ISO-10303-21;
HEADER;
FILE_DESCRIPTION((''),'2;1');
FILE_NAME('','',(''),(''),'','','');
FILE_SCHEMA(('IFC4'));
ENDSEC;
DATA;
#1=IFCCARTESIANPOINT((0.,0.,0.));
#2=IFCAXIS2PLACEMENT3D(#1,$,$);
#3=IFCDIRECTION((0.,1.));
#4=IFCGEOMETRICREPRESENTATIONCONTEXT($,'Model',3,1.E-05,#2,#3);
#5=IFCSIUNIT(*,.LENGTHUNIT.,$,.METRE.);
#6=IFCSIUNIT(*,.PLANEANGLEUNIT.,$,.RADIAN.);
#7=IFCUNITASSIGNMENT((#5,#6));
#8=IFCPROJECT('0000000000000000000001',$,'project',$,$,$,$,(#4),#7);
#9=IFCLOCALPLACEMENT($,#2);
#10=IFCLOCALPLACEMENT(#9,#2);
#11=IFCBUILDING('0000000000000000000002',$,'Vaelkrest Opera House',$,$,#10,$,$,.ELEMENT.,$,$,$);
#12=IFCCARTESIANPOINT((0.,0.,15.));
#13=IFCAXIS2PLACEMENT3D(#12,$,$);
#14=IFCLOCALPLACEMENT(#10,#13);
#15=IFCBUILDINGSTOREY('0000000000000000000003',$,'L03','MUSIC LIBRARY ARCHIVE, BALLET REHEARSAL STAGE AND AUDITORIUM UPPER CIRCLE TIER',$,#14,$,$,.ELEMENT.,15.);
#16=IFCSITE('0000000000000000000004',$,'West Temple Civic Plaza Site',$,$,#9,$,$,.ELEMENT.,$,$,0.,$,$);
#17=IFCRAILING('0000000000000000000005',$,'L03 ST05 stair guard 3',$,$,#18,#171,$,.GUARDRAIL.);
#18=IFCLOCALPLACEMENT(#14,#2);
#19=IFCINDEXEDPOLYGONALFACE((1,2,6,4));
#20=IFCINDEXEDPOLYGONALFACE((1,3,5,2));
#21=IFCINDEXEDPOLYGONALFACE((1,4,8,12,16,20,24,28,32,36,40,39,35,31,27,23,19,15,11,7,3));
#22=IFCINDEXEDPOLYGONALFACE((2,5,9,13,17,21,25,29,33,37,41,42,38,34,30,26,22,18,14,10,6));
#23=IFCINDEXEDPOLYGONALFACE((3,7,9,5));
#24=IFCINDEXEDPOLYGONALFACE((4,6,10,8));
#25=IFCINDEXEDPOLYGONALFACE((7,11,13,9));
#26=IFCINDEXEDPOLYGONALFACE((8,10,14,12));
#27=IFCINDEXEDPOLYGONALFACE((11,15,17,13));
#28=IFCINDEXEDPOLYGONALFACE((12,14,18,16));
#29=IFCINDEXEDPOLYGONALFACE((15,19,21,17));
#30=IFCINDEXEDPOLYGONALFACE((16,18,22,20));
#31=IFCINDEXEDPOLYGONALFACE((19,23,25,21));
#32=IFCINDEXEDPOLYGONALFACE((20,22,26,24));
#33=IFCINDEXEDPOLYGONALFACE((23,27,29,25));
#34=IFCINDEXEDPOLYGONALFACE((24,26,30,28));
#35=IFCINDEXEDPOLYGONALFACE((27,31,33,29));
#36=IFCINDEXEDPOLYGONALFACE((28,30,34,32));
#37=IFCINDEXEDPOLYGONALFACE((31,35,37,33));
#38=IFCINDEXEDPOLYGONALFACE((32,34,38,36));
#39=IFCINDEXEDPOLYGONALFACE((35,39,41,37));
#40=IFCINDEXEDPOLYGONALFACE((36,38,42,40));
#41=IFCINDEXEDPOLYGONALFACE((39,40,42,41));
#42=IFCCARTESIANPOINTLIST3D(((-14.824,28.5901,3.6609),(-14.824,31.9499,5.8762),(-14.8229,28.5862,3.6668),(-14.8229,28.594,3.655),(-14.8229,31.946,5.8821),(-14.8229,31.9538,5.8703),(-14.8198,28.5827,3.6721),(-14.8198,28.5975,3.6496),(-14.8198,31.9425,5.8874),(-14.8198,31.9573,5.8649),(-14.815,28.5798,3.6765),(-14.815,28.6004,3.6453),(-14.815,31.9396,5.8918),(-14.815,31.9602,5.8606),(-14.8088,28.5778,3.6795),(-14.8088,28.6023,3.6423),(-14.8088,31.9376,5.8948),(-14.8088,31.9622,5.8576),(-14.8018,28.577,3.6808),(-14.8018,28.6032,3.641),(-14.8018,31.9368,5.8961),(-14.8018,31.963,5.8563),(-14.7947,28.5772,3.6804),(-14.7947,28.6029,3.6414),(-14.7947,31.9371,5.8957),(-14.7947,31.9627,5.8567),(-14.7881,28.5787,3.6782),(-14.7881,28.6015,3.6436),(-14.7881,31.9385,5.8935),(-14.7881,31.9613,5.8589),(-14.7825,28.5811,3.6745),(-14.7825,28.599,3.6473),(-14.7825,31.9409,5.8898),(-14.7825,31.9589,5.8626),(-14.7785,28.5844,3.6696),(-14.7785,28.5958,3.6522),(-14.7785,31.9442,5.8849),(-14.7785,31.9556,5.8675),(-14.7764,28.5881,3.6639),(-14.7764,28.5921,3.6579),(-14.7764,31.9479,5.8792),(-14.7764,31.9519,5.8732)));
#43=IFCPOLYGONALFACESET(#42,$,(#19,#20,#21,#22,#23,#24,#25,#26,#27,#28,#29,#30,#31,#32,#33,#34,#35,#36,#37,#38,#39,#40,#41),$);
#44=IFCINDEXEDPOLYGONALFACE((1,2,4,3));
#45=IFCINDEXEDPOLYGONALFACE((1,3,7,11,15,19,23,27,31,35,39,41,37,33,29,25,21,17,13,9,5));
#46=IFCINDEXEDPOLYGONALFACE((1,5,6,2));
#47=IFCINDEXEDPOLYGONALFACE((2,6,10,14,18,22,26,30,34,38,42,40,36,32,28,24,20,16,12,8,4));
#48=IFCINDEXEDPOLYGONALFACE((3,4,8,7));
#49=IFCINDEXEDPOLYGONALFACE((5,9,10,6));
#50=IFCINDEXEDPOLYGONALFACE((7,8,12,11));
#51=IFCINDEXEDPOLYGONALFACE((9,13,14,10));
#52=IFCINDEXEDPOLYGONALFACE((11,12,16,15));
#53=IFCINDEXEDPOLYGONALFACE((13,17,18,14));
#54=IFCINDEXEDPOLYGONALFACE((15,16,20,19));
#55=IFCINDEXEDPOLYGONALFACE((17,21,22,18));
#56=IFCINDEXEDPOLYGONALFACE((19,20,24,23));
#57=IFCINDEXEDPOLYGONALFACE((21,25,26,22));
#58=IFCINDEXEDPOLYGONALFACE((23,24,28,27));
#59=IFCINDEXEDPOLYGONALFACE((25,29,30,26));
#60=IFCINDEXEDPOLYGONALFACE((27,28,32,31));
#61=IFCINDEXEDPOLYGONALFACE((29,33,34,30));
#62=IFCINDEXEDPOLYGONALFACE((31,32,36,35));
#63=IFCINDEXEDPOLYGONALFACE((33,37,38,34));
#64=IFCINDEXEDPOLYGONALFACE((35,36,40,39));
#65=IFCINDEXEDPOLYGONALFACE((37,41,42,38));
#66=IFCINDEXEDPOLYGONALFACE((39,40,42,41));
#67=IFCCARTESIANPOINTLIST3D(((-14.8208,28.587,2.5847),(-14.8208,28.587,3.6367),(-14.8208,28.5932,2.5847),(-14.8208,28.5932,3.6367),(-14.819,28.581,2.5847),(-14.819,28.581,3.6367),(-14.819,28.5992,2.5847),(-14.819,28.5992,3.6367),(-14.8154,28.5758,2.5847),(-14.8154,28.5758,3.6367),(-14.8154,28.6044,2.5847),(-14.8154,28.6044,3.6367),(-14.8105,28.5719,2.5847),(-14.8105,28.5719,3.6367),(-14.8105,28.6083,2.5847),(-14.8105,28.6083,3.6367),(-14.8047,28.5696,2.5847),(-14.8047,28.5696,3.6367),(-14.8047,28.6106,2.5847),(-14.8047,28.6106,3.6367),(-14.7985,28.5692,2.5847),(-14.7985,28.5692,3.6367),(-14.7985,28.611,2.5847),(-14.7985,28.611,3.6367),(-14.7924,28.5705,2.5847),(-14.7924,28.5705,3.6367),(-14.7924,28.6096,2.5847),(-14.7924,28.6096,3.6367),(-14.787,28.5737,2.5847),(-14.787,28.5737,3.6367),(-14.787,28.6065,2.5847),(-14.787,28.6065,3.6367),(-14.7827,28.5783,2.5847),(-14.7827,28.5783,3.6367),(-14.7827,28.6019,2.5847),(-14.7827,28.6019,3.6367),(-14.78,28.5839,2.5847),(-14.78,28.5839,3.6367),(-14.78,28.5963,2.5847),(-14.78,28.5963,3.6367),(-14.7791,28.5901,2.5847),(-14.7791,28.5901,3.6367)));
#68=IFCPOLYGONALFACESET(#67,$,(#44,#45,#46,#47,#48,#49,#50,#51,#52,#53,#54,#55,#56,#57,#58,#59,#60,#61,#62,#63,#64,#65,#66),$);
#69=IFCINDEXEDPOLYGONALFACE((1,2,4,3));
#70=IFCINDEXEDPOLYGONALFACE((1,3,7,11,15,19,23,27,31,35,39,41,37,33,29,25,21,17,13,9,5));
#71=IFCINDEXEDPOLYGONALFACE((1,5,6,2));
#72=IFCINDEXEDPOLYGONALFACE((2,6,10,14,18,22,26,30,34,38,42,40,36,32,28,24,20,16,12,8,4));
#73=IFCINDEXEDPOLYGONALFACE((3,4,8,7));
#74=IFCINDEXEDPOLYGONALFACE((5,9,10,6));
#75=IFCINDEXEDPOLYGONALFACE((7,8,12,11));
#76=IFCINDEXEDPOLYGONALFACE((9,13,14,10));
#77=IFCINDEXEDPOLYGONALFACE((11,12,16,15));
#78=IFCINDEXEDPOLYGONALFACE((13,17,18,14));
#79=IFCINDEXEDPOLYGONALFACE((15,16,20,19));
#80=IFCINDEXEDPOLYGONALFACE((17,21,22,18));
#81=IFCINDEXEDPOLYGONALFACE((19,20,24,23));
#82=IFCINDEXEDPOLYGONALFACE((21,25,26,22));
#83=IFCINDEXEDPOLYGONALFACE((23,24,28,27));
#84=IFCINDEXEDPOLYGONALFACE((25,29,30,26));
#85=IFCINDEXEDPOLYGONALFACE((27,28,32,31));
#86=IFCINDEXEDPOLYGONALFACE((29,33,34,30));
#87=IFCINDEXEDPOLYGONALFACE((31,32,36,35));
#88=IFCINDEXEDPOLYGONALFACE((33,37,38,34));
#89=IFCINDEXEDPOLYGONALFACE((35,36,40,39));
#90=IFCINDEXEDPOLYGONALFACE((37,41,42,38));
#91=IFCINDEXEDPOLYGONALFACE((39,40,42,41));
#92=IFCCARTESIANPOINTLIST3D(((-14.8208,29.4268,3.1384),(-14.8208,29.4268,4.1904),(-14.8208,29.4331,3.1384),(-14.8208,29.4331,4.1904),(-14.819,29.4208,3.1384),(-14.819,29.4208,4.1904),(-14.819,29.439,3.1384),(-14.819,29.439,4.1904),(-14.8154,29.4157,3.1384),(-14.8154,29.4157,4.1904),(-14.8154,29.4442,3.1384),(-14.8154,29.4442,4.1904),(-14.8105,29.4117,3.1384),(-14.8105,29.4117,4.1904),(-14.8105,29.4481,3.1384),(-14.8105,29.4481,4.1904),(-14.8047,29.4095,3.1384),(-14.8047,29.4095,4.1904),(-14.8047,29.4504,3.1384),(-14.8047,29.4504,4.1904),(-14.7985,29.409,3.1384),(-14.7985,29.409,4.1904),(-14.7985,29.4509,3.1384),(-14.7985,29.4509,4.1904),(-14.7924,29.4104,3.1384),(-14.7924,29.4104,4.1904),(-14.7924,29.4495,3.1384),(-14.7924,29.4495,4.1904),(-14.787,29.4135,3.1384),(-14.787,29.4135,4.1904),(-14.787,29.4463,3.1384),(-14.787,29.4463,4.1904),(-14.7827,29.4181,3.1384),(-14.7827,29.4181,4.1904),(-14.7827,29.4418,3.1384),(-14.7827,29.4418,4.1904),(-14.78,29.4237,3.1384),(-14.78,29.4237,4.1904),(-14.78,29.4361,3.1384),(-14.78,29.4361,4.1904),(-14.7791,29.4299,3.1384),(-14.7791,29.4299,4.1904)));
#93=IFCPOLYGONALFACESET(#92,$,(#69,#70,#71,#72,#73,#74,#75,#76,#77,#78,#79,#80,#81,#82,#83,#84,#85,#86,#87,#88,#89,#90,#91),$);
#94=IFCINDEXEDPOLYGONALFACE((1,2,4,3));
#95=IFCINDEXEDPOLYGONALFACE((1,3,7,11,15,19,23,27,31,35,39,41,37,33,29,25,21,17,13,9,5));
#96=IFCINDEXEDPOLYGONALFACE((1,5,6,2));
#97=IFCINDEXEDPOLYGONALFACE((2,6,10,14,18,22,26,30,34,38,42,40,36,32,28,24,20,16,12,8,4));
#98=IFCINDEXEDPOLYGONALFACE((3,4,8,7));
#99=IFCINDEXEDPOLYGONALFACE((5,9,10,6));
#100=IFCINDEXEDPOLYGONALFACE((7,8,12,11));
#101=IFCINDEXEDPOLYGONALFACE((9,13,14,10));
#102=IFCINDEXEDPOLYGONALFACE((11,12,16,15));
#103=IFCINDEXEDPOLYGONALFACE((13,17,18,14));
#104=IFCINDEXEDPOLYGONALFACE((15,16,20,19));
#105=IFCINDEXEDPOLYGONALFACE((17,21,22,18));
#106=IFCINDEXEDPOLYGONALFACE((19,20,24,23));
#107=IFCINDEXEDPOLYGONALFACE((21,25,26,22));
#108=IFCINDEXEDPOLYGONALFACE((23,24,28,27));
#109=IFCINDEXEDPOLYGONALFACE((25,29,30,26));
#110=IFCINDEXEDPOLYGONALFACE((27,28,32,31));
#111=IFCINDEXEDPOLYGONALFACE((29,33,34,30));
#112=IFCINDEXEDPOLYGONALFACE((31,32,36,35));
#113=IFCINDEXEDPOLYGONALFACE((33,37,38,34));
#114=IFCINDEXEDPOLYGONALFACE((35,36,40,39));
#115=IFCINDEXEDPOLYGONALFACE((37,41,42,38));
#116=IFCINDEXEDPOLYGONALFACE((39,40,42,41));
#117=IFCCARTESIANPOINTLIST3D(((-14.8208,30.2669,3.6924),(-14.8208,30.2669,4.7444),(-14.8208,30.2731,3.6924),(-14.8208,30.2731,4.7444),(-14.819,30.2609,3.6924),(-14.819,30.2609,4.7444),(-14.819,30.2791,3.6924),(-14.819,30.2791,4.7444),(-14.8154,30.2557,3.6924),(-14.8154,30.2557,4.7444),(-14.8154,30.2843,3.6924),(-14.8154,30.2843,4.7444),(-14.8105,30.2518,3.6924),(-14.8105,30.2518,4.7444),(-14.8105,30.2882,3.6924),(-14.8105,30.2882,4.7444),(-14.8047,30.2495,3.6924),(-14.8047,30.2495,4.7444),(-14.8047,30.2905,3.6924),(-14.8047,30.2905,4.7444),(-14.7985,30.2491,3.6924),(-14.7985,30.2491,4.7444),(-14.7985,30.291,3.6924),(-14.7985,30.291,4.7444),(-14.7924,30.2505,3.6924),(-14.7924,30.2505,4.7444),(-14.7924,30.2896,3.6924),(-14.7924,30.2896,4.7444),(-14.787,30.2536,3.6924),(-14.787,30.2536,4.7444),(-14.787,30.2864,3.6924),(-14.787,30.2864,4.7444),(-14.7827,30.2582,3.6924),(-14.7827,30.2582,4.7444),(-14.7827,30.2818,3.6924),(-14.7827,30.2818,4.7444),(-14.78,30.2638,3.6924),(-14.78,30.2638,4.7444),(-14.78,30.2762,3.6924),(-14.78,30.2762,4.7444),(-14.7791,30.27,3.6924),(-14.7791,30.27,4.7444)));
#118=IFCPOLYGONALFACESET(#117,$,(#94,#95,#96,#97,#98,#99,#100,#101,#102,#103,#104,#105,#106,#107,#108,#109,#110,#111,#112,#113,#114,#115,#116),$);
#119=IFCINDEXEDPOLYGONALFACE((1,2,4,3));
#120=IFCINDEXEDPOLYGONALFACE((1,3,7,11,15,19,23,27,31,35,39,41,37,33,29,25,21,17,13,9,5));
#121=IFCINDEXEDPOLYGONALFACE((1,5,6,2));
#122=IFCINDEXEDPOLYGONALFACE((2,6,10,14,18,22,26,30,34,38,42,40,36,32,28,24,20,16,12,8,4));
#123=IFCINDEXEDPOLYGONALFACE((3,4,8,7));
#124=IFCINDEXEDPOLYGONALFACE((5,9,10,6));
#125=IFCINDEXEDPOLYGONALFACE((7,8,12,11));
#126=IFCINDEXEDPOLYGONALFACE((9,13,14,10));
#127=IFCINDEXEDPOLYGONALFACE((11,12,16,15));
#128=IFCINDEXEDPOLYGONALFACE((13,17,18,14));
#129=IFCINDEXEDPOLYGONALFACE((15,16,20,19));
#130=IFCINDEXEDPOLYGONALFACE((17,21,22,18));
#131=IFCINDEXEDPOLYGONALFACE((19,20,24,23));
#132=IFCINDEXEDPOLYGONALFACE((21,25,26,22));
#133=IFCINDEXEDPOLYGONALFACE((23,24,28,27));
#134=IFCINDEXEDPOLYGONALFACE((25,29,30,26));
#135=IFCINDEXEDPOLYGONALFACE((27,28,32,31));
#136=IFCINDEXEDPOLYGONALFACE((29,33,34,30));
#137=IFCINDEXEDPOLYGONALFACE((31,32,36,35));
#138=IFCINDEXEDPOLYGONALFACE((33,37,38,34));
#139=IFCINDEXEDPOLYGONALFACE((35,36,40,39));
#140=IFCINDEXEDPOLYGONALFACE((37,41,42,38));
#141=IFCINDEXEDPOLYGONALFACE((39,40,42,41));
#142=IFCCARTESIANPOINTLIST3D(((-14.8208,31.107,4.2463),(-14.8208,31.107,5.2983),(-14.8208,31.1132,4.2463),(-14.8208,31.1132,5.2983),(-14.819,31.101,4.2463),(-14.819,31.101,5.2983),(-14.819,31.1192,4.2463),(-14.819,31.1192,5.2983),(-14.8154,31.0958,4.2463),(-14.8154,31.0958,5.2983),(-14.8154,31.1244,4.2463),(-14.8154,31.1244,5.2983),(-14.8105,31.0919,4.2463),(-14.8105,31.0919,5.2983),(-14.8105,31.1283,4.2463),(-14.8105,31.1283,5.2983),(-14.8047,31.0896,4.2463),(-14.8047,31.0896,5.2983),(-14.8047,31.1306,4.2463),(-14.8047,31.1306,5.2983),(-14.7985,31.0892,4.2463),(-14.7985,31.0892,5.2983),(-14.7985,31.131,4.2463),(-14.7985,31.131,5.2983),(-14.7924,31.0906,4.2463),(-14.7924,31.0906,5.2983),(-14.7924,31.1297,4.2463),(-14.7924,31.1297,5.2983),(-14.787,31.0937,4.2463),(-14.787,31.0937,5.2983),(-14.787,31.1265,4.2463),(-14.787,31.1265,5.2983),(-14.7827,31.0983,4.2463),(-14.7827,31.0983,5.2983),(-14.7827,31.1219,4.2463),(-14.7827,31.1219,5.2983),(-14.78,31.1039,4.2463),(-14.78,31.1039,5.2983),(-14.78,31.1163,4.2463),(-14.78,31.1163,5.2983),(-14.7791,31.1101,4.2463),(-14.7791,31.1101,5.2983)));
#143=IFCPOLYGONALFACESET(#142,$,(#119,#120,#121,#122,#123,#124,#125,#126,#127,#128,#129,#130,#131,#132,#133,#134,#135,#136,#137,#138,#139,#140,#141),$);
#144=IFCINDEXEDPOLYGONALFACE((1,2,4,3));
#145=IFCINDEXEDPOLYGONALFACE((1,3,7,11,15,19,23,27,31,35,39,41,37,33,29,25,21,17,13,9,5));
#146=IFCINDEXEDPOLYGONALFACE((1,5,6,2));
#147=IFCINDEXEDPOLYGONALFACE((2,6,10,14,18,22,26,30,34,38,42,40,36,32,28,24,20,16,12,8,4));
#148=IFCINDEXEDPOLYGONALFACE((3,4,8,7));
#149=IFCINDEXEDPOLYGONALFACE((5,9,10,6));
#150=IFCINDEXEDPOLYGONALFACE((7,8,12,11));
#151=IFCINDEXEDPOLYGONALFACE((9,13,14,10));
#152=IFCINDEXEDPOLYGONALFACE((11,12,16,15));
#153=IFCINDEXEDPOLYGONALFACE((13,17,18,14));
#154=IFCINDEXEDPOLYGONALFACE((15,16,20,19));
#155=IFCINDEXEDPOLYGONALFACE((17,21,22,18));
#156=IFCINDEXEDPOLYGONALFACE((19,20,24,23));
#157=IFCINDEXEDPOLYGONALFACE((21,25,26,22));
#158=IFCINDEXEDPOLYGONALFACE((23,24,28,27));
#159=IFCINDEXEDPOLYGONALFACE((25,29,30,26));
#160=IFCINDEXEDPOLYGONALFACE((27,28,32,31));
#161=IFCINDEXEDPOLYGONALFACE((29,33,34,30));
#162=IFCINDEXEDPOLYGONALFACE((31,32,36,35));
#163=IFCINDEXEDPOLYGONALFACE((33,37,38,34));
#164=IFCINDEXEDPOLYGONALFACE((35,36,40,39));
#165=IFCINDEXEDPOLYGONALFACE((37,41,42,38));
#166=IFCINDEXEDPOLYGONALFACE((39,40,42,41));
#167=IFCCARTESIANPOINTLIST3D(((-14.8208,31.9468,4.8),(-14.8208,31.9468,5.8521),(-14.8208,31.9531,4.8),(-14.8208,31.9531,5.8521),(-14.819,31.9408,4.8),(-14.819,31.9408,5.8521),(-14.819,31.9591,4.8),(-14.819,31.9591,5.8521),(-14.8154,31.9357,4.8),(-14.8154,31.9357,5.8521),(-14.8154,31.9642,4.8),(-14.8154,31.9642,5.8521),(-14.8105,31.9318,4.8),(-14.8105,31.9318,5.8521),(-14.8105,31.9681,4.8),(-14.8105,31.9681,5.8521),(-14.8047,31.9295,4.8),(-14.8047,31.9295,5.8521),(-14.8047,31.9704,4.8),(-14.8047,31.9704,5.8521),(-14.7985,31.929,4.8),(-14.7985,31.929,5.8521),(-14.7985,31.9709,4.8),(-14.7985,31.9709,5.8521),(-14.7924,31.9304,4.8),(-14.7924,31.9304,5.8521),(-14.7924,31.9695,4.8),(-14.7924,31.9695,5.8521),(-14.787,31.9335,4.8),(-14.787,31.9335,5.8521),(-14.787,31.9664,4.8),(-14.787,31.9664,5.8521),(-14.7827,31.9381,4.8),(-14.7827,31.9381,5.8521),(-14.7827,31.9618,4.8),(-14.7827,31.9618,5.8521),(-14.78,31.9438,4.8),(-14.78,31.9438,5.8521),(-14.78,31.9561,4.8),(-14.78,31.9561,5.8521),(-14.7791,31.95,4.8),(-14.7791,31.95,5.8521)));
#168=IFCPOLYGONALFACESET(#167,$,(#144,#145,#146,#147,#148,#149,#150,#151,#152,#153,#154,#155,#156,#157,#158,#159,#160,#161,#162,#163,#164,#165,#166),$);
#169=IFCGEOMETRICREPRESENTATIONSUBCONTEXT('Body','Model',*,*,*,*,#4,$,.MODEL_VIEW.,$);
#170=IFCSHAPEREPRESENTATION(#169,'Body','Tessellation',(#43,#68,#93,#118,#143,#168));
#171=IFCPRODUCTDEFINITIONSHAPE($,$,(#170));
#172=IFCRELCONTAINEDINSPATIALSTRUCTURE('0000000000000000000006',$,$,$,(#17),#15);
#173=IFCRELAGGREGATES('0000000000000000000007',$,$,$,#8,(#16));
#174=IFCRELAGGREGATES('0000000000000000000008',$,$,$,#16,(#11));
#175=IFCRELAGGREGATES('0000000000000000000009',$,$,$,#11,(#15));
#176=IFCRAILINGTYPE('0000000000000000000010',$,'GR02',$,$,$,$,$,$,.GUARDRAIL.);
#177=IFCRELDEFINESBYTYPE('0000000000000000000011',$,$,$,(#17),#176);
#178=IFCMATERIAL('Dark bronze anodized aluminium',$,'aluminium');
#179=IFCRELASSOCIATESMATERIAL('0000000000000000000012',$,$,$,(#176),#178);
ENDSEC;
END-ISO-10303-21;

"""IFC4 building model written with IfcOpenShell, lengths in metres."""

from ifc_helpers import new_model, si_unit, direction, frame, origin, origin_2d, place, context, subcontext, project, spatial, circle, extrude, material, type_object, element, save


model = new_model("IFC4")

# Units and contexts
model_context = context("Model", 3, precision=1e-05, world=origin(), true_north=direction((0.0, 1.0)))
body_context = subcontext(model_context, "Body", "Model", "MODEL_VIEW")
ifc_project = project(units=[si_unit("LENGTHUNIT", "METRE"), si_unit("PLANEANGLEUNIT", "RADIAN")], contexts=[model_context])

# Site, building, storey
site_placement = place(None, origin())
site = spatial("IfcSite", under=ifc_project, at=site_placement, Name="West Temple Civic Plaza Site", CompositionType="ELEMENT", RefElevation=0.0)
building_placement = place(site_placement, origin())
building = spatial("IfcBuilding", under=site, at=building_placement, Name="Vaelkrest Opera House", CompositionType="ELEMENT")
storey_placement = place(building_placement, frame((0.0, 0.0, 15.0)))
storey = spatial("IfcBuildingStorey", under=building, at=storey_placement, Name="L03", Description="MUSIC LIBRARY ARCHIVE, BALLET REHEARSAL STAGE AND AUDITORIUM UPPER CIRCLE TIER", CompositionType="ELEMENT", Elevation=15.0)

# Railing
ifc_material_1 = material(Name="Dark bronze anodized aluminium", Category="aluminium")
railing_type_1 = type_object("IfcRailingType", Name="GR02", PredefinedType="GUARDRAIL", material=ifc_material_1)
railing_1_placement = place(storey_placement, frame((-14.8, 28.5901, 2.5847)))
element("IfcRailing", 1, at=railing_1_placement, inside=storey, type_object=railing_type_1, Name="L03 ST05 stair guard 3", PredefinedType="GUARDRAIL", context=body_context, shape_type="SweptSolid", body=[
    extrude(circle(Radius=0.0239, at=origin_2d()), frame((0.0, 0.0, 1.0762), z_axis=(0.0, 0.834858, 0.550465), x_axis=(-1.0, 0.0, 0.0)), (0.0, 0.0, 1.0), 4.0244),
    extrude(circle(Radius=0.021, at=origin_2d()), origin(), (0.0, 0.0, 1.0), 1.052),
    extrude(circle(Radius=0.021, at=origin_2d()), frame((0.0, 0.8398, 0.5537)), (0.0, 0.0, 1.0), 1.052),
    extrude(circle(Radius=0.021, at=origin_2d()), frame((0.0, 1.6799, 1.1077)), (0.0, 0.0, 1.0), 1.052),
    extrude(circle(Radius=0.021, at=origin_2d()), frame((0.0, 2.52, 1.6616)), (0.0, 0.0, 1.0), 1.052),
    extrude(circle(Radius=0.021, at=origin_2d()), frame((0.0, 3.3599, 2.2153)), (0.0, 0.0, 1.0), 1.052),
])

save(model, "model.ifc")
